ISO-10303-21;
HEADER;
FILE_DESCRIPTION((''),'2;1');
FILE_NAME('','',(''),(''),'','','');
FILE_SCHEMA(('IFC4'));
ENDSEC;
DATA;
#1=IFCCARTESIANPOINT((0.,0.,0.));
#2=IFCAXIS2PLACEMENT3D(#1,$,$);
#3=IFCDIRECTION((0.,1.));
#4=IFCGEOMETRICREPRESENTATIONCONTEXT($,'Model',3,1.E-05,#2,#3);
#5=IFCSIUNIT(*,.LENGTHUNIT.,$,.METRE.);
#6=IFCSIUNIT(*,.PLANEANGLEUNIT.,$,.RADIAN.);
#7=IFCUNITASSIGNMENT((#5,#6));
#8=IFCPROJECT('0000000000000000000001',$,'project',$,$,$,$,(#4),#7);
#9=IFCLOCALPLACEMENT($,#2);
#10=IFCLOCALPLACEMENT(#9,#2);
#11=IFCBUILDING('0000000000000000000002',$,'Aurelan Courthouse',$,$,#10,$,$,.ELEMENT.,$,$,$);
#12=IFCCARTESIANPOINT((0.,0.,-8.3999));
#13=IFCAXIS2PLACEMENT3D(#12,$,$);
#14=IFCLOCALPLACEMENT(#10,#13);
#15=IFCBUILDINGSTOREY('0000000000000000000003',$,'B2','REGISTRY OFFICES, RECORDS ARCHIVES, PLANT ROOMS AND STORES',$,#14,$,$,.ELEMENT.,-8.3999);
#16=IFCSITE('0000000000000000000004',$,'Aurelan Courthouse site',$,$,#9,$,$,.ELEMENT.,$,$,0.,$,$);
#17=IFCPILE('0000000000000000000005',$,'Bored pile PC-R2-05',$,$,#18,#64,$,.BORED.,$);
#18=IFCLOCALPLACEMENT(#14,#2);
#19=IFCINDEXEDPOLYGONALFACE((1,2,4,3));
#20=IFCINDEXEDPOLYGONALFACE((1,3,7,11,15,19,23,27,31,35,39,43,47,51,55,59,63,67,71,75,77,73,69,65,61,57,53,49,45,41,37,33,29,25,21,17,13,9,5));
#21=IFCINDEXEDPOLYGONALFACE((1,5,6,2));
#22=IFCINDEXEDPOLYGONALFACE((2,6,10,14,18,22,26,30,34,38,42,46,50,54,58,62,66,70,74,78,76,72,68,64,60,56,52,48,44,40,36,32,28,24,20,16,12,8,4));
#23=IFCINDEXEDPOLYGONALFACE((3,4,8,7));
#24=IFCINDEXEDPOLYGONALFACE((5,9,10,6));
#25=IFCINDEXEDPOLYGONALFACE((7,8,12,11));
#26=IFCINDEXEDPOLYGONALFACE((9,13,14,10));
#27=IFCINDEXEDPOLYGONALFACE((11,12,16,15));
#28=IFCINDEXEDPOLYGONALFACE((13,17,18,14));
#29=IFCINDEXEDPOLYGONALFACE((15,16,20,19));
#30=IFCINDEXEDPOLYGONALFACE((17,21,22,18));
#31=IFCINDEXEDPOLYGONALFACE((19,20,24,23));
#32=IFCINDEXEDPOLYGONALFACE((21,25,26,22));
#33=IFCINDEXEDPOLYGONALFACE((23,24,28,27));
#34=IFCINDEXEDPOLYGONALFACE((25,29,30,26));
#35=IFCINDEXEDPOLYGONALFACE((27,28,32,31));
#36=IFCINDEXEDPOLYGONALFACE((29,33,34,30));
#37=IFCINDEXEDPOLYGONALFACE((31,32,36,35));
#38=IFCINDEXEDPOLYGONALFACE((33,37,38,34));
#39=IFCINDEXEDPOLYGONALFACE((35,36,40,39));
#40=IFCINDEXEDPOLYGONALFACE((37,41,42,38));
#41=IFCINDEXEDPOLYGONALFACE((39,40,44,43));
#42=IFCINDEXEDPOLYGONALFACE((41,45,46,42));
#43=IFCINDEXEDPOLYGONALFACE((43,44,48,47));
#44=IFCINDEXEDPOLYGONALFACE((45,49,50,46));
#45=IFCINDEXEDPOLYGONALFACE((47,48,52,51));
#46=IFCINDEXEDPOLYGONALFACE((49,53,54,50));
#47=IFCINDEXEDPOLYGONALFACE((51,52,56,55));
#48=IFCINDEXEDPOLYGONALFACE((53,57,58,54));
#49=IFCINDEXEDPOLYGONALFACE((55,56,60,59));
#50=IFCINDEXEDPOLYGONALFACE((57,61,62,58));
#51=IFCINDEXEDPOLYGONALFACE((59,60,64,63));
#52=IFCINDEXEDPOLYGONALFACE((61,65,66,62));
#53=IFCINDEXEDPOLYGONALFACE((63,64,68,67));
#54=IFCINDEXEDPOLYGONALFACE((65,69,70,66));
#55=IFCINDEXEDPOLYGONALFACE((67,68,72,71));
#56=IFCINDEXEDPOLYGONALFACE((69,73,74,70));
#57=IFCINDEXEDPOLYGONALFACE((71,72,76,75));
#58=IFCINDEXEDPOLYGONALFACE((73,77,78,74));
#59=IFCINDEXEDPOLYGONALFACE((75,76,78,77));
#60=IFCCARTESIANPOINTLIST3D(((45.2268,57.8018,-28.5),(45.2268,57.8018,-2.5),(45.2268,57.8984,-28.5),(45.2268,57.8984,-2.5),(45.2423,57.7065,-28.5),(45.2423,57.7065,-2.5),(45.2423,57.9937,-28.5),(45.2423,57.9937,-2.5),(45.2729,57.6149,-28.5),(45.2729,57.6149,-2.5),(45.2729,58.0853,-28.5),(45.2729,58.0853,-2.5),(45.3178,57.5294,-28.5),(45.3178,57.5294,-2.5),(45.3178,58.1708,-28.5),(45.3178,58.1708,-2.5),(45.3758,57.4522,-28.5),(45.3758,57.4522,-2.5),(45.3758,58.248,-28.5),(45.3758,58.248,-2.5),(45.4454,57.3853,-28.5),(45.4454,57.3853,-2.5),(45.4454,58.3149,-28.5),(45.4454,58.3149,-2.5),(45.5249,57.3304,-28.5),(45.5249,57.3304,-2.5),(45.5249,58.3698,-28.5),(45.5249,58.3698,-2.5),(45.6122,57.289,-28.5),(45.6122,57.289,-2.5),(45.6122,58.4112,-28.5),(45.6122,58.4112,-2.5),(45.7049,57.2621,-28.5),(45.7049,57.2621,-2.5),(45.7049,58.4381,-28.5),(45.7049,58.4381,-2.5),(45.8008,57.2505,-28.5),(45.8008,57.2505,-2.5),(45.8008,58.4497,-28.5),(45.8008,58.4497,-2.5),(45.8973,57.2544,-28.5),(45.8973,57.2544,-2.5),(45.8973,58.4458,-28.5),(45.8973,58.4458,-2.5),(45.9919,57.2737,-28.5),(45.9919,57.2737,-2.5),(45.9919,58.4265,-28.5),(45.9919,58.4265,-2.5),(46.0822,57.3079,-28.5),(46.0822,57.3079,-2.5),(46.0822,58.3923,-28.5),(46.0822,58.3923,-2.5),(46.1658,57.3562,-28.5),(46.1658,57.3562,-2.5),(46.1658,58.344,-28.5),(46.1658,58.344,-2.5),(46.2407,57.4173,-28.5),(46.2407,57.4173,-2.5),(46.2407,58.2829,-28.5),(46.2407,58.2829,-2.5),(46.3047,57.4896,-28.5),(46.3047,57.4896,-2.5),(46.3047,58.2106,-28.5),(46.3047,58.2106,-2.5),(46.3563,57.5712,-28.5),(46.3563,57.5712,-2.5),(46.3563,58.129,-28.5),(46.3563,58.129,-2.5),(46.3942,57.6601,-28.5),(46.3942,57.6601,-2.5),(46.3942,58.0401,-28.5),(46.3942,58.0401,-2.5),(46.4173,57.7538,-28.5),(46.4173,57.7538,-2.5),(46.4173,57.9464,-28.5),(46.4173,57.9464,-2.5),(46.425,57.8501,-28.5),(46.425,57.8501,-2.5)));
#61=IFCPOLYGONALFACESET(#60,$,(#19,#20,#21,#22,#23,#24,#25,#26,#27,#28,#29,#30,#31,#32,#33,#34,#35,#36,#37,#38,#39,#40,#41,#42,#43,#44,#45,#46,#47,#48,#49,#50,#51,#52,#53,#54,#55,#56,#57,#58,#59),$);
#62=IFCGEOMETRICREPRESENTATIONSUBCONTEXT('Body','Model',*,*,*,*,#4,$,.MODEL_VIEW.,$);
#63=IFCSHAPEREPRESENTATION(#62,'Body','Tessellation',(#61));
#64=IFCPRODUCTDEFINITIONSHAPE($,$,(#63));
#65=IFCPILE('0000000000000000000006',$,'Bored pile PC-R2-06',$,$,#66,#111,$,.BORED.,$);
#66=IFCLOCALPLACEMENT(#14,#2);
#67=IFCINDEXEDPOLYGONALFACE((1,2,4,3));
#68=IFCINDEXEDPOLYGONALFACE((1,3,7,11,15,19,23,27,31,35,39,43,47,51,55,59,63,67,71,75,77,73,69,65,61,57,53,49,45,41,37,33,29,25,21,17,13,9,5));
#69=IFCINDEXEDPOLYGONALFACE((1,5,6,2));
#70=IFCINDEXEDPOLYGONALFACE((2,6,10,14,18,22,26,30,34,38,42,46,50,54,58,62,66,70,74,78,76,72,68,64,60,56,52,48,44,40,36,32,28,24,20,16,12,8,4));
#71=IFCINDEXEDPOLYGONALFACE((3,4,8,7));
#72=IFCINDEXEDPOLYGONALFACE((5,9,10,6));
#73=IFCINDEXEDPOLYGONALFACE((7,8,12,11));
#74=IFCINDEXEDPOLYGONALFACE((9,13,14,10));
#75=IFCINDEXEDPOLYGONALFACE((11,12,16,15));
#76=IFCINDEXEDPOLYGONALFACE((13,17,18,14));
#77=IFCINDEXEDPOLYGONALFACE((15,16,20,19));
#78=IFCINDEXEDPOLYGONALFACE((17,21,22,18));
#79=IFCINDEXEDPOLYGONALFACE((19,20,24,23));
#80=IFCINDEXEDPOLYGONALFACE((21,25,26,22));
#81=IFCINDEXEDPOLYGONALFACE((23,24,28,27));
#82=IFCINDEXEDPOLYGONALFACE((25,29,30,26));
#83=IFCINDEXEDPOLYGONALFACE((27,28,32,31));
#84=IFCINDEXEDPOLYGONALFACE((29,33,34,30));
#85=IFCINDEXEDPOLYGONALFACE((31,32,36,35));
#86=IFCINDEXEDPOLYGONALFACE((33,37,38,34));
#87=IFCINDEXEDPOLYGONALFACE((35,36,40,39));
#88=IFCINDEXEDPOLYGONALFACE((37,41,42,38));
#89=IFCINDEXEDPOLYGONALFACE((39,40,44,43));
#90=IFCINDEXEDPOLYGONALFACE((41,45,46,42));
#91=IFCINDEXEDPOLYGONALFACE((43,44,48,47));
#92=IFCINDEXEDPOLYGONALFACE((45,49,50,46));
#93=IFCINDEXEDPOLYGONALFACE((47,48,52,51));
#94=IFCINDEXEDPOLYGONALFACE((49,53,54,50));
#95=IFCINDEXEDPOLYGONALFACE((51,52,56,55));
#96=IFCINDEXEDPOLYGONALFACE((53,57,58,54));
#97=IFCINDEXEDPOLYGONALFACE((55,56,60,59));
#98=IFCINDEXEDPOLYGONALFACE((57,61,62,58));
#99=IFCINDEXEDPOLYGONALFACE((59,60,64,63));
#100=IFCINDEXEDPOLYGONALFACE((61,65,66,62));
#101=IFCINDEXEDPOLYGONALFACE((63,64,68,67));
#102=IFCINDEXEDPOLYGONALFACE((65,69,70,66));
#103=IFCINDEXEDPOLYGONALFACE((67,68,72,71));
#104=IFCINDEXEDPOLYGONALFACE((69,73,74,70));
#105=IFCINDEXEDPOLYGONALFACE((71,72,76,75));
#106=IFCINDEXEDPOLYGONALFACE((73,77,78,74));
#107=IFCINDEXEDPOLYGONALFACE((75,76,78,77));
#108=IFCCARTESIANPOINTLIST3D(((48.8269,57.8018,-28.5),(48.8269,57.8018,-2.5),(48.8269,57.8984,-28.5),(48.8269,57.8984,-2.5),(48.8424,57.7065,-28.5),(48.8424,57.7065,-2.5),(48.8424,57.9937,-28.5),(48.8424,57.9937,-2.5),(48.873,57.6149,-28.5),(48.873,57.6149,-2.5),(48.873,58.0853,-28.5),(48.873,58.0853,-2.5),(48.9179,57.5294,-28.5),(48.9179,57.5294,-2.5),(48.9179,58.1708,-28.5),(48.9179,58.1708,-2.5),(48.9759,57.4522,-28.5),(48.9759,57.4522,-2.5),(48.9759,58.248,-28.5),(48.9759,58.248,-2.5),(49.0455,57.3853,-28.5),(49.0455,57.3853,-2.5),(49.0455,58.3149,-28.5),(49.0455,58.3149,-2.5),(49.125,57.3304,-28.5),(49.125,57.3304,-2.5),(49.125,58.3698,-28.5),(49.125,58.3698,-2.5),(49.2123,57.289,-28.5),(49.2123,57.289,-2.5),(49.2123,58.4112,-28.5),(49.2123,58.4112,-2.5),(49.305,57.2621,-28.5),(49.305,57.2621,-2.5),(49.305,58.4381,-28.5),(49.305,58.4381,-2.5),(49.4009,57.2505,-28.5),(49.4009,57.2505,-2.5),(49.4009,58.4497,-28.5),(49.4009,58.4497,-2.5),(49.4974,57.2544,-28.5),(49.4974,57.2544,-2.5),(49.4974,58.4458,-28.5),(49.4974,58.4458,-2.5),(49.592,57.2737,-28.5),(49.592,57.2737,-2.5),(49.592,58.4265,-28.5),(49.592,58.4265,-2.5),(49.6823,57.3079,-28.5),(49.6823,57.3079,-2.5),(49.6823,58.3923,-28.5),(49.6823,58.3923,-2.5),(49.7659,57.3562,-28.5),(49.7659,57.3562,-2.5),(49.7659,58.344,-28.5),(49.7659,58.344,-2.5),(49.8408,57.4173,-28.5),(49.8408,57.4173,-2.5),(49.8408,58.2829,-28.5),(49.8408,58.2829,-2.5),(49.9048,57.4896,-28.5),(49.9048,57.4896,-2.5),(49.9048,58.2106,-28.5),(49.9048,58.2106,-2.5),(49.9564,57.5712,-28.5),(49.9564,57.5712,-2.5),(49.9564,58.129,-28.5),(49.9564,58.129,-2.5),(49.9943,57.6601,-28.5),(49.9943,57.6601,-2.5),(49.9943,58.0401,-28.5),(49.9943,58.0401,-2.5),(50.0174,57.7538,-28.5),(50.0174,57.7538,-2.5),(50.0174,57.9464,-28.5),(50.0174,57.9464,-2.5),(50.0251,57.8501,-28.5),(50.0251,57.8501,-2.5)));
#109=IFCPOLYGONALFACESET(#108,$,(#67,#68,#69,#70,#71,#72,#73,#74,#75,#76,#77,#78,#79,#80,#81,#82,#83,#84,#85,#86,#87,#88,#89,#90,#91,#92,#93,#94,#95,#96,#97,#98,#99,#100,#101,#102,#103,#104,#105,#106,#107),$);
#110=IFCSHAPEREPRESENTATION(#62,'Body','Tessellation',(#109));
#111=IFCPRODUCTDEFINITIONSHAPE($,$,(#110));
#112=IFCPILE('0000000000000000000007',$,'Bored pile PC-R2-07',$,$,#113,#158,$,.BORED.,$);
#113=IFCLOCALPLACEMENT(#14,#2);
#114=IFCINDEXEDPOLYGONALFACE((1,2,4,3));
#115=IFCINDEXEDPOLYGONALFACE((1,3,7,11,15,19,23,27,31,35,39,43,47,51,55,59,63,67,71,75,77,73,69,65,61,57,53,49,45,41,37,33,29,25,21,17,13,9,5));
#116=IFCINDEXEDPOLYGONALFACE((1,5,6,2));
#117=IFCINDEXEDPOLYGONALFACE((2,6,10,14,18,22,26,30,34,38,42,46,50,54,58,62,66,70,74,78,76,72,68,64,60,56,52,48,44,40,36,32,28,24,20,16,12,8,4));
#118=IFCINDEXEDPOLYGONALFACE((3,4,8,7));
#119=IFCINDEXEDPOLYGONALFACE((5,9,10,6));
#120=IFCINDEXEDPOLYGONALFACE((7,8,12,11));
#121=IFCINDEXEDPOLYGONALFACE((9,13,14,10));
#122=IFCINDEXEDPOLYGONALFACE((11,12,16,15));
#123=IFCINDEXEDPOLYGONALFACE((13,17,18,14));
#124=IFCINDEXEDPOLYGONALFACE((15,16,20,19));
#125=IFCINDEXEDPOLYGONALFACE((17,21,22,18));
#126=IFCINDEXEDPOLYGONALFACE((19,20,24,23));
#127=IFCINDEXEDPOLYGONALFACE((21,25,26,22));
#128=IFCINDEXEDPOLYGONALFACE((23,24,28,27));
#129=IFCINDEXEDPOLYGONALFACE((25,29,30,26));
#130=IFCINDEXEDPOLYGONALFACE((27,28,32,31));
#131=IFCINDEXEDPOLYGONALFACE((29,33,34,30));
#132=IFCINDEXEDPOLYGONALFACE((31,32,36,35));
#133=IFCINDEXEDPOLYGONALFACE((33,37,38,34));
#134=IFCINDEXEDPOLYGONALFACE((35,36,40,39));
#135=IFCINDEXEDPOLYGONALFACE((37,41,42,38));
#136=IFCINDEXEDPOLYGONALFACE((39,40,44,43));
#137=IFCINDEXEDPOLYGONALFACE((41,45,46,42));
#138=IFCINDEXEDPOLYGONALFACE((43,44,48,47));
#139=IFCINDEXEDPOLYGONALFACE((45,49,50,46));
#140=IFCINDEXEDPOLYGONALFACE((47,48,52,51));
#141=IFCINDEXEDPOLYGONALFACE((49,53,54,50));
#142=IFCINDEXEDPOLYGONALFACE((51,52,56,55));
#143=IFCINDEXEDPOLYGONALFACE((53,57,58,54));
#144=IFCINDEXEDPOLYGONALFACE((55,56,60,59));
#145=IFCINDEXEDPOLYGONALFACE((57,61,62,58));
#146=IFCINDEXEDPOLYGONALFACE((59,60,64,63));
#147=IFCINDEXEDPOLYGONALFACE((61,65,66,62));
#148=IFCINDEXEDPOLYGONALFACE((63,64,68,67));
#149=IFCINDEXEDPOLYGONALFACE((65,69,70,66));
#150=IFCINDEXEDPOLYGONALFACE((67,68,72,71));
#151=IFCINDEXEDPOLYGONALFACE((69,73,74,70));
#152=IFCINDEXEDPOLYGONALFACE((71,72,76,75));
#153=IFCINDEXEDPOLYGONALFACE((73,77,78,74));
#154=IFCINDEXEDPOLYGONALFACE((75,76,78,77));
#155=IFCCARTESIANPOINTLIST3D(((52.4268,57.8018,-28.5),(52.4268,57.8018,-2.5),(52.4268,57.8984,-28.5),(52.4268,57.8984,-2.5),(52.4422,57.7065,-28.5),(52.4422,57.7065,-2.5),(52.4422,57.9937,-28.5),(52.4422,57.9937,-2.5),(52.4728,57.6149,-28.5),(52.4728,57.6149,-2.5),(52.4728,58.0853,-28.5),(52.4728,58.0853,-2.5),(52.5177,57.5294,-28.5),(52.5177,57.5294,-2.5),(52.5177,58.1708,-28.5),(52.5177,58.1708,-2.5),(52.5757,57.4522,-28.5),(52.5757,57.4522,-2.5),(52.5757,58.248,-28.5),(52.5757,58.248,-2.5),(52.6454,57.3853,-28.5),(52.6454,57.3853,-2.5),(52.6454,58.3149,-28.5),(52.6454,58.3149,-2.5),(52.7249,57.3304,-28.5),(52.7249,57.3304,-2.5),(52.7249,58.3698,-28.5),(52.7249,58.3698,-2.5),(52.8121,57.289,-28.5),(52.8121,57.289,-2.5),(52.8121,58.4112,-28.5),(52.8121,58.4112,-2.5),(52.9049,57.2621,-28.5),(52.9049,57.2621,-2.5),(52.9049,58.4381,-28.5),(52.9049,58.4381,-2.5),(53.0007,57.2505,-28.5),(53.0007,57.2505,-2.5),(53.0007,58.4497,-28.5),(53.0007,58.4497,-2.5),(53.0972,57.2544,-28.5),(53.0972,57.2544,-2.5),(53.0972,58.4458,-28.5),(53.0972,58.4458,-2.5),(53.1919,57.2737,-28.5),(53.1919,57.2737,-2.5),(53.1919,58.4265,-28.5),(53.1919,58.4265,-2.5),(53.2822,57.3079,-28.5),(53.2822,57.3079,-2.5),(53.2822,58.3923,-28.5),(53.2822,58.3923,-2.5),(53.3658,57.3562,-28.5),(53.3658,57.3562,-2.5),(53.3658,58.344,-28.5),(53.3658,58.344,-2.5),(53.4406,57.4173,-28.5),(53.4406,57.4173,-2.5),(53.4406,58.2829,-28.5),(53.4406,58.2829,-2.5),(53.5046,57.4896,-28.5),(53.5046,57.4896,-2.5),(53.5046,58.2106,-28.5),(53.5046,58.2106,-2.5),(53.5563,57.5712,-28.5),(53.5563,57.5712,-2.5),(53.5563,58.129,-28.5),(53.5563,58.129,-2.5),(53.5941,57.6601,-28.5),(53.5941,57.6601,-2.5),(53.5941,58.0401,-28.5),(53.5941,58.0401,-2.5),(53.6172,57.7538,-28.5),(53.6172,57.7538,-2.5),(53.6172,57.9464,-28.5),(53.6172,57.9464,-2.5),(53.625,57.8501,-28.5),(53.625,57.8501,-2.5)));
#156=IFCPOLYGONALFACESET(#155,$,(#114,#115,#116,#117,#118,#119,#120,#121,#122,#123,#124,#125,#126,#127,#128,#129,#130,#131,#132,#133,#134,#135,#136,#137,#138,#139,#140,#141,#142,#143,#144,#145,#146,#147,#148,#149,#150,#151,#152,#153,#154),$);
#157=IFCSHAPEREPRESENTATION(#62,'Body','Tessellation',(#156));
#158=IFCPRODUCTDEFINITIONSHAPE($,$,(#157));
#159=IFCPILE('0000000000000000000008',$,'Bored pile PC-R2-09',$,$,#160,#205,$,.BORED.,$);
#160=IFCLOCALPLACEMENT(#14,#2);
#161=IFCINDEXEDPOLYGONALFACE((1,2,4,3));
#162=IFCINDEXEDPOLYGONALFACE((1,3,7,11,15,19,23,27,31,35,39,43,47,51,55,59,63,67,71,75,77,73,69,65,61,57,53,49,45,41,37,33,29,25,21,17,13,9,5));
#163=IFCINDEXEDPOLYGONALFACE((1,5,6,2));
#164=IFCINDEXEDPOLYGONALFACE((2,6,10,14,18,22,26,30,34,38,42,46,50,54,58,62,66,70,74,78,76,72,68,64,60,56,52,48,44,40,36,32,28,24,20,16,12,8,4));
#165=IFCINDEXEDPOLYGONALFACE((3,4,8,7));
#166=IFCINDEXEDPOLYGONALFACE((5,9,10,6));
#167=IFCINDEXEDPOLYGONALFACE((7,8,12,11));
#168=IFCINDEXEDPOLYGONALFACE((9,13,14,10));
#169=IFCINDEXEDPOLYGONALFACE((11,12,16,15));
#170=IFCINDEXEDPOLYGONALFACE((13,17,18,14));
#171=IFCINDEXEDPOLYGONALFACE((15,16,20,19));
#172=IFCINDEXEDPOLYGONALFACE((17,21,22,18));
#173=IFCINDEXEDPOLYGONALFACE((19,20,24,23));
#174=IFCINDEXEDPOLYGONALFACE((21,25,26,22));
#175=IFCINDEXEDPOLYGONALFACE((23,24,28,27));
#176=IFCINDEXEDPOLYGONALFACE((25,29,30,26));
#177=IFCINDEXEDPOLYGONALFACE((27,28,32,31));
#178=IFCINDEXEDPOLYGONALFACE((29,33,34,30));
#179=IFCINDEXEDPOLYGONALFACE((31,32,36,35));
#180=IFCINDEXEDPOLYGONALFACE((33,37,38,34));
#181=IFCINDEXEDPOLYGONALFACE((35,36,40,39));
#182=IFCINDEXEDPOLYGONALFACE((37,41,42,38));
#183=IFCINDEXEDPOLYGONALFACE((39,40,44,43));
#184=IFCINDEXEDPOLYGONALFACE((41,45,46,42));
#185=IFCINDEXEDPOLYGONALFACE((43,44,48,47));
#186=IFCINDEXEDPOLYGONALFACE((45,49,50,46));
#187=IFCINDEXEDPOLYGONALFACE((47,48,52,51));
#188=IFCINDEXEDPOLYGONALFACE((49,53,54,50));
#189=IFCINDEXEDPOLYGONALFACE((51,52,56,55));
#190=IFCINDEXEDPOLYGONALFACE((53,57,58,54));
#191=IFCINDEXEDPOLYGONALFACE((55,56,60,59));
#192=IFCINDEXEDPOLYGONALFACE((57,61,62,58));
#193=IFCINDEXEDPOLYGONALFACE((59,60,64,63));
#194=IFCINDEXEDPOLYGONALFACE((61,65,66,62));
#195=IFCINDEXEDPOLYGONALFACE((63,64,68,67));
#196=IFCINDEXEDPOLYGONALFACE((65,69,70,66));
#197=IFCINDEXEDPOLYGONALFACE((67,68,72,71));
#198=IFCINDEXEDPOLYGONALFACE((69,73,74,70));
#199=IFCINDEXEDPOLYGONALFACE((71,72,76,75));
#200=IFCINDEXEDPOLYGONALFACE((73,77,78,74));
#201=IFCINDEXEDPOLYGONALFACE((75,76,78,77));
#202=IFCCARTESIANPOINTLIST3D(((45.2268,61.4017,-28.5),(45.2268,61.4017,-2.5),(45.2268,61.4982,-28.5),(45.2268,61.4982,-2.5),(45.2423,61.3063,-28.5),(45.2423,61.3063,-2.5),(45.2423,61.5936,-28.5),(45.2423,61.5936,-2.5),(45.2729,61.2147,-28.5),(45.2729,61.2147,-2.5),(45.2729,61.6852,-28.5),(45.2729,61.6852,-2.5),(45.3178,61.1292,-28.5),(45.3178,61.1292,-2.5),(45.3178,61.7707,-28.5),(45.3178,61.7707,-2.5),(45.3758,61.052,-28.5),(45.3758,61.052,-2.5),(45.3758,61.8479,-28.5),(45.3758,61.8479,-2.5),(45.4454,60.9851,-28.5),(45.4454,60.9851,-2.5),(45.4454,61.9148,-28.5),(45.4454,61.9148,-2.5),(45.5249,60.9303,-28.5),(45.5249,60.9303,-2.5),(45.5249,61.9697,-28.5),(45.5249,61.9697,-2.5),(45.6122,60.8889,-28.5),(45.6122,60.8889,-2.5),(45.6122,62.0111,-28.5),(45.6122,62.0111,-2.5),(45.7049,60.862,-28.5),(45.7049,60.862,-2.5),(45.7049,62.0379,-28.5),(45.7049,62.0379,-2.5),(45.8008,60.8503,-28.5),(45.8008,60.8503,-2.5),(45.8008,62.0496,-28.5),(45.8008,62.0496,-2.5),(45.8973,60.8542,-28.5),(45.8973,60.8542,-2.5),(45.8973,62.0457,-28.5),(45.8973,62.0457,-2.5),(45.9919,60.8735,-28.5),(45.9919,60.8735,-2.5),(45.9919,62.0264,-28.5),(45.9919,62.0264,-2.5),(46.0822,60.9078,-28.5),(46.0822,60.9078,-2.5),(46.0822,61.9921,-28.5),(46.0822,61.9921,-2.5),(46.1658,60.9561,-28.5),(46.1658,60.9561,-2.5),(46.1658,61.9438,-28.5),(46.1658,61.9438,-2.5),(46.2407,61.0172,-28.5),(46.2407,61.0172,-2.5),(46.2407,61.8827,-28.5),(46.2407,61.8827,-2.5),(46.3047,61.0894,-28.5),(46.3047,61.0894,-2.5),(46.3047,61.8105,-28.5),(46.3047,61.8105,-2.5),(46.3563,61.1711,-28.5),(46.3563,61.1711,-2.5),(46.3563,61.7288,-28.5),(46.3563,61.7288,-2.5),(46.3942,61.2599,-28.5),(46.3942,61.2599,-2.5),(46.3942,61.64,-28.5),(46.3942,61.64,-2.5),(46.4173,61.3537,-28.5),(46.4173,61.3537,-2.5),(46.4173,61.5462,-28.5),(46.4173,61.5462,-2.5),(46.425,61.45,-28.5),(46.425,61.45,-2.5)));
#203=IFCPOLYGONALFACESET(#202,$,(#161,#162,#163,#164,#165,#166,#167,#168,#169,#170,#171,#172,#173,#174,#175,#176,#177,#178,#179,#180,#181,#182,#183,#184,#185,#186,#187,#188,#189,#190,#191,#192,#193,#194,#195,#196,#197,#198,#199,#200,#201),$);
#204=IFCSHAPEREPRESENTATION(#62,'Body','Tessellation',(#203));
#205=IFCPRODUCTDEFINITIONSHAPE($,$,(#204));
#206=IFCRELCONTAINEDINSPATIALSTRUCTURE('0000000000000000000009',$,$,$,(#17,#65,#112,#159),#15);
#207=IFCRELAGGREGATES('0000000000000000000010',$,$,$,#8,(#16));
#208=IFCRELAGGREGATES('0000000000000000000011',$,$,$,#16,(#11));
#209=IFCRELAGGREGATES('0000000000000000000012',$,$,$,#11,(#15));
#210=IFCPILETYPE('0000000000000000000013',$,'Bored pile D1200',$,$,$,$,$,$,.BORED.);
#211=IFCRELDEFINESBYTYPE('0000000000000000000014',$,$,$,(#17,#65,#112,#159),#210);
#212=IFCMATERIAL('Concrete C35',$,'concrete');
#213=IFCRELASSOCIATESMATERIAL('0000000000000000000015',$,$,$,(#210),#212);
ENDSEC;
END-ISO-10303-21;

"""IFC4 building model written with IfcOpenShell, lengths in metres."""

from ifc_helpers import new_model, si_unit, direction, frame, origin, origin_2d, place, context, subcontext, project, spatial, circle, extrude, material, material_profile, profile_set, type_object, element, save


model = new_model("IFC4")

# Units and contexts
model_context = context("Model", 3, precision=1e-05, world=origin(), true_north=direction((0.0, 1.0)))
body_context = subcontext(model_context, "Body", "Model", "MODEL_VIEW")
ifc_project = project(units=[si_unit("LENGTHUNIT", "METRE"), si_unit("PLANEANGLEUNIT", "RADIAN")], contexts=[model_context])

# Site, building, storey
site_placement = place(None, origin())
site = spatial("IfcSite", under=ifc_project, at=site_placement, Name="Aurelan Courthouse site", CompositionType="ELEMENT", RefElevation=0.0)
building_placement = place(site_placement, origin())
building = spatial("IfcBuilding", under=site, at=building_placement, Name="Aurelan Courthouse", CompositionType="ELEMENT")
storey_placement = place(building_placement, frame((0.0, 0.0, -8.3999)))
storey = spatial("IfcBuildingStorey", under=building, at=storey_placement, Name="B2", Description="REGISTRY OFFICES, RECORDS ARCHIVES, PLANT ROOMS AND STORES", CompositionType="ELEMENT", Elevation=-8.3999)

# Piles
ifc_material_1 = material(Name="Concrete C35", Category="concrete")
ifc_material_profile_1 = material_profile(ifc_material_1, circle(Radius=0.6001, at=origin_2d()), Name="D1200")
ifc_profile_set_1 = profile_set([ifc_material_profile_1], Name="Concrete C35")
pile_type = type_object("IfcPileType", Name="Bored pile D1200", PredefinedType="BORED", material=ifc_profile_set_1)
for number, where, z_axis, x_axis, name in (
    (1, (45.825, 57.8501, -2.5), (0.0, 0.0, -1.0), (1.0, 0.0, 0.0), "Bored pile PC-R2-05"),
    (2, (49.425, 57.8501, -2.5), (0.0, 0.0, -1.0), (1.0, 0.0, 0.0), "Bored pile PC-R2-06"),
    (3, (53.0249, 57.8501, -2.5), (0.0, 0.0, -1.0), (1.0, 0.0, 0.0), "Bored pile PC-R2-07"),
    (4, (45.825, 61.45, -2.5), (0.0, 0.0, -1.0), (1.0, 0.0, 0.0), "Bored pile PC-R2-09"),
):
    element("IfcPile", number, at=place(storey_placement, frame(where, z_axis=z_axis, x_axis=x_axis)), inside=storey, type_object=pile_type, Name=name, PredefinedType="BORED", context=body_context, shape_type="SweptSolid", body=[
        extrude(circle(Radius=0.6001, at=origin_2d()), origin(), (0.0, 0.0, 1.0), 26.0),
    ])

save(model, "model.ifc")
